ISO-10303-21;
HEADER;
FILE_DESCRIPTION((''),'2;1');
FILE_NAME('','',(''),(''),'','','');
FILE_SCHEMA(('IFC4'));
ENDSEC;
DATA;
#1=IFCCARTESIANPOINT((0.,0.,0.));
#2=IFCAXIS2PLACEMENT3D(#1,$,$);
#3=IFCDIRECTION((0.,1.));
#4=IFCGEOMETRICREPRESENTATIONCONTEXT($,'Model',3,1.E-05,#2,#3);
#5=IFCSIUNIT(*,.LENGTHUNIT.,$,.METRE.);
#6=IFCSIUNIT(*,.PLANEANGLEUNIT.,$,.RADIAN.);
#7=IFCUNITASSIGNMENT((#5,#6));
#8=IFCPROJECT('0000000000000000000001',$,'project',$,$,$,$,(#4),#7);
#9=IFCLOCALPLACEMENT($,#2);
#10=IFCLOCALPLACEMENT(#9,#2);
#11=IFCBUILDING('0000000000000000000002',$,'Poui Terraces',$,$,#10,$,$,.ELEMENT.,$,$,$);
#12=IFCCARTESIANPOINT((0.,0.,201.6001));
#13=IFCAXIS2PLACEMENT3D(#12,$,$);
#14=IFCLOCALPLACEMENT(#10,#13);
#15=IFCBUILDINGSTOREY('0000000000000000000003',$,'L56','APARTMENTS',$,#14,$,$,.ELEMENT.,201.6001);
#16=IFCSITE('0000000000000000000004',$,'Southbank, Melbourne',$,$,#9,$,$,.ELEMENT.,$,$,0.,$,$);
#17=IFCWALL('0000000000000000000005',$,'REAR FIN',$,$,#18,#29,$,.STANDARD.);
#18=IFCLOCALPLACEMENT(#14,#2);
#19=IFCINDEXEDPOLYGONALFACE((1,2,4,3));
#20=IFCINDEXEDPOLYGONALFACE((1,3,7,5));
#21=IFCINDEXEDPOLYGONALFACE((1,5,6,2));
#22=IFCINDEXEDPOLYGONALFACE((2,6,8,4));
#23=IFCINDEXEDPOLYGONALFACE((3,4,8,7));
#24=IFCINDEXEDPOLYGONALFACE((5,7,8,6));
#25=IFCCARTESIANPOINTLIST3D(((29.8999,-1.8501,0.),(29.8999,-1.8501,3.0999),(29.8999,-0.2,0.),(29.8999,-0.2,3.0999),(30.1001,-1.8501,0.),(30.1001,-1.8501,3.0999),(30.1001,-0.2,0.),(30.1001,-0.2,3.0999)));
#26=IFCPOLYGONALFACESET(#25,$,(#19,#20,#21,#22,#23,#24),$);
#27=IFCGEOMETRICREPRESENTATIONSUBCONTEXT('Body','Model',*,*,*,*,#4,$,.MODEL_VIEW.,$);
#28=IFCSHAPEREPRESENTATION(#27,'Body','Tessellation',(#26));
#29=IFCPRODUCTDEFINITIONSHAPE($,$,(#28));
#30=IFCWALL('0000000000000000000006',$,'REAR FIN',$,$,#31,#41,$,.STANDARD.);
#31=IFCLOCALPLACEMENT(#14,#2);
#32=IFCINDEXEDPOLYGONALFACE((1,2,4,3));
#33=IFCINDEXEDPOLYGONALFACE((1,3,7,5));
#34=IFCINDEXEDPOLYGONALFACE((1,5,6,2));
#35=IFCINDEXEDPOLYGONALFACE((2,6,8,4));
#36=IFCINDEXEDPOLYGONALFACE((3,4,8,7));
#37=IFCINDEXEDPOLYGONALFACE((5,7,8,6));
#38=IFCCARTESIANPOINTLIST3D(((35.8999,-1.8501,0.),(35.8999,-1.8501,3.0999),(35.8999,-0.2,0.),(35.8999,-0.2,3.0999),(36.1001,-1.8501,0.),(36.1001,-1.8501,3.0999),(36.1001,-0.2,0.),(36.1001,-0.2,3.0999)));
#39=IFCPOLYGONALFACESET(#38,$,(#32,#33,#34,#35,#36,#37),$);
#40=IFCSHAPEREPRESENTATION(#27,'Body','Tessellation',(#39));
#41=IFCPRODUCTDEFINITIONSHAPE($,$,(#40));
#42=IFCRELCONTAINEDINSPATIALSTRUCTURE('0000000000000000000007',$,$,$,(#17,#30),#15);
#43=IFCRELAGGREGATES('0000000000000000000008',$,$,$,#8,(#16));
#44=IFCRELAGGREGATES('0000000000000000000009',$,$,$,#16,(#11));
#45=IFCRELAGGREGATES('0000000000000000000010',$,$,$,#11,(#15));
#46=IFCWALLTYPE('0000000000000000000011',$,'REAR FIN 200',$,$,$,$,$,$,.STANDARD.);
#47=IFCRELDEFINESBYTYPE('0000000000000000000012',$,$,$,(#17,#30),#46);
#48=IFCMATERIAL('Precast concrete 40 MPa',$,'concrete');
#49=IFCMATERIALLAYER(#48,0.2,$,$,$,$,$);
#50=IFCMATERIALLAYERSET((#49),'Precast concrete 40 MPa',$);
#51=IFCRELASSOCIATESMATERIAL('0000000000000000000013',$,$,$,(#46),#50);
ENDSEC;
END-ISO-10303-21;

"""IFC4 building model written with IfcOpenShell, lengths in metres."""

from ifc_helpers import new_model, si_unit, direction, frame, origin, place, context, subcontext, project, spatial, polyline, outline, extrude, source, transform, mapped, material, layer, layer_set, type_object, element, save


model = new_model("IFC4")

# Units and contexts
model_context = context("Model", 3, precision=1e-05, world=origin(), true_north=direction((0.0, 1.0)))
body_context = subcontext(model_context, "Body", "Model", "MODEL_VIEW")
ifc_project = project(units=[si_unit("LENGTHUNIT", "METRE"), si_unit("PLANEANGLEUNIT", "RADIAN")], contexts=[model_context])

# Site, building, storey
site_placement = place(None, origin())
site = spatial("IfcSite", under=ifc_project, at=site_placement, Name="Southbank, Melbourne", CompositionType="ELEMENT", RefElevation=0.0)
building_placement = place(site_placement, origin())
building = spatial("IfcBuilding", under=site, at=building_placement, Name="Poui Terraces", CompositionType="ELEMENT")
storey_placement = place(building_placement, frame((0.0, 0.0, 201.6001)))
storey = spatial("IfcBuildingStorey", under=building, at=storey_placement, Name="L56", Description="APARTMENTS", CompositionType="ELEMENT", Elevation=201.6001)

# Shared definitions
ifc_material_1 = material(Name="Precast concrete 40 MPa", Category="concrete")

# Walls
ifc_layer_1 = layer(ifc_material_1, 0.2)
ifc_layer_set_1 = layer_set([ifc_layer_1], Name="Precast concrete 40 MPa")
wall_type_1 = type_object("IfcWallType", Name="REAR FIN 200", PredefinedType="STANDARD", material=ifc_layer_set_1)
shared_shape_1 = source(origin(), body_context, "Body", "SweptSolid", [
    extrude(outline(polyline([(0.0, 0.0), (0.2002, 0.0), (0.2002, 1.6501), (0.0, 1.6501), (0.0, 0.0)])), origin(), (0.0, 0.0, 1.0), 3.0999),
])
for number, where, name in (
    (1, (29.8999, -1.8501, 0.0), "REAR FIN"),
    (2, (35.8999, -1.8501, 0.0), "REAR FIN"),
):
    element("IfcWall", number, at=place(storey_placement, frame(where)), inside=storey, type_object=wall_type_1, Name=name, PredefinedType="STANDARD", context=body_context, shape_type="MappedRepresentation", body=[
        mapped(shared_shape_1, transform((0.0, 0.0, 0.0))),
    ])

save(model, "model.ifc")
